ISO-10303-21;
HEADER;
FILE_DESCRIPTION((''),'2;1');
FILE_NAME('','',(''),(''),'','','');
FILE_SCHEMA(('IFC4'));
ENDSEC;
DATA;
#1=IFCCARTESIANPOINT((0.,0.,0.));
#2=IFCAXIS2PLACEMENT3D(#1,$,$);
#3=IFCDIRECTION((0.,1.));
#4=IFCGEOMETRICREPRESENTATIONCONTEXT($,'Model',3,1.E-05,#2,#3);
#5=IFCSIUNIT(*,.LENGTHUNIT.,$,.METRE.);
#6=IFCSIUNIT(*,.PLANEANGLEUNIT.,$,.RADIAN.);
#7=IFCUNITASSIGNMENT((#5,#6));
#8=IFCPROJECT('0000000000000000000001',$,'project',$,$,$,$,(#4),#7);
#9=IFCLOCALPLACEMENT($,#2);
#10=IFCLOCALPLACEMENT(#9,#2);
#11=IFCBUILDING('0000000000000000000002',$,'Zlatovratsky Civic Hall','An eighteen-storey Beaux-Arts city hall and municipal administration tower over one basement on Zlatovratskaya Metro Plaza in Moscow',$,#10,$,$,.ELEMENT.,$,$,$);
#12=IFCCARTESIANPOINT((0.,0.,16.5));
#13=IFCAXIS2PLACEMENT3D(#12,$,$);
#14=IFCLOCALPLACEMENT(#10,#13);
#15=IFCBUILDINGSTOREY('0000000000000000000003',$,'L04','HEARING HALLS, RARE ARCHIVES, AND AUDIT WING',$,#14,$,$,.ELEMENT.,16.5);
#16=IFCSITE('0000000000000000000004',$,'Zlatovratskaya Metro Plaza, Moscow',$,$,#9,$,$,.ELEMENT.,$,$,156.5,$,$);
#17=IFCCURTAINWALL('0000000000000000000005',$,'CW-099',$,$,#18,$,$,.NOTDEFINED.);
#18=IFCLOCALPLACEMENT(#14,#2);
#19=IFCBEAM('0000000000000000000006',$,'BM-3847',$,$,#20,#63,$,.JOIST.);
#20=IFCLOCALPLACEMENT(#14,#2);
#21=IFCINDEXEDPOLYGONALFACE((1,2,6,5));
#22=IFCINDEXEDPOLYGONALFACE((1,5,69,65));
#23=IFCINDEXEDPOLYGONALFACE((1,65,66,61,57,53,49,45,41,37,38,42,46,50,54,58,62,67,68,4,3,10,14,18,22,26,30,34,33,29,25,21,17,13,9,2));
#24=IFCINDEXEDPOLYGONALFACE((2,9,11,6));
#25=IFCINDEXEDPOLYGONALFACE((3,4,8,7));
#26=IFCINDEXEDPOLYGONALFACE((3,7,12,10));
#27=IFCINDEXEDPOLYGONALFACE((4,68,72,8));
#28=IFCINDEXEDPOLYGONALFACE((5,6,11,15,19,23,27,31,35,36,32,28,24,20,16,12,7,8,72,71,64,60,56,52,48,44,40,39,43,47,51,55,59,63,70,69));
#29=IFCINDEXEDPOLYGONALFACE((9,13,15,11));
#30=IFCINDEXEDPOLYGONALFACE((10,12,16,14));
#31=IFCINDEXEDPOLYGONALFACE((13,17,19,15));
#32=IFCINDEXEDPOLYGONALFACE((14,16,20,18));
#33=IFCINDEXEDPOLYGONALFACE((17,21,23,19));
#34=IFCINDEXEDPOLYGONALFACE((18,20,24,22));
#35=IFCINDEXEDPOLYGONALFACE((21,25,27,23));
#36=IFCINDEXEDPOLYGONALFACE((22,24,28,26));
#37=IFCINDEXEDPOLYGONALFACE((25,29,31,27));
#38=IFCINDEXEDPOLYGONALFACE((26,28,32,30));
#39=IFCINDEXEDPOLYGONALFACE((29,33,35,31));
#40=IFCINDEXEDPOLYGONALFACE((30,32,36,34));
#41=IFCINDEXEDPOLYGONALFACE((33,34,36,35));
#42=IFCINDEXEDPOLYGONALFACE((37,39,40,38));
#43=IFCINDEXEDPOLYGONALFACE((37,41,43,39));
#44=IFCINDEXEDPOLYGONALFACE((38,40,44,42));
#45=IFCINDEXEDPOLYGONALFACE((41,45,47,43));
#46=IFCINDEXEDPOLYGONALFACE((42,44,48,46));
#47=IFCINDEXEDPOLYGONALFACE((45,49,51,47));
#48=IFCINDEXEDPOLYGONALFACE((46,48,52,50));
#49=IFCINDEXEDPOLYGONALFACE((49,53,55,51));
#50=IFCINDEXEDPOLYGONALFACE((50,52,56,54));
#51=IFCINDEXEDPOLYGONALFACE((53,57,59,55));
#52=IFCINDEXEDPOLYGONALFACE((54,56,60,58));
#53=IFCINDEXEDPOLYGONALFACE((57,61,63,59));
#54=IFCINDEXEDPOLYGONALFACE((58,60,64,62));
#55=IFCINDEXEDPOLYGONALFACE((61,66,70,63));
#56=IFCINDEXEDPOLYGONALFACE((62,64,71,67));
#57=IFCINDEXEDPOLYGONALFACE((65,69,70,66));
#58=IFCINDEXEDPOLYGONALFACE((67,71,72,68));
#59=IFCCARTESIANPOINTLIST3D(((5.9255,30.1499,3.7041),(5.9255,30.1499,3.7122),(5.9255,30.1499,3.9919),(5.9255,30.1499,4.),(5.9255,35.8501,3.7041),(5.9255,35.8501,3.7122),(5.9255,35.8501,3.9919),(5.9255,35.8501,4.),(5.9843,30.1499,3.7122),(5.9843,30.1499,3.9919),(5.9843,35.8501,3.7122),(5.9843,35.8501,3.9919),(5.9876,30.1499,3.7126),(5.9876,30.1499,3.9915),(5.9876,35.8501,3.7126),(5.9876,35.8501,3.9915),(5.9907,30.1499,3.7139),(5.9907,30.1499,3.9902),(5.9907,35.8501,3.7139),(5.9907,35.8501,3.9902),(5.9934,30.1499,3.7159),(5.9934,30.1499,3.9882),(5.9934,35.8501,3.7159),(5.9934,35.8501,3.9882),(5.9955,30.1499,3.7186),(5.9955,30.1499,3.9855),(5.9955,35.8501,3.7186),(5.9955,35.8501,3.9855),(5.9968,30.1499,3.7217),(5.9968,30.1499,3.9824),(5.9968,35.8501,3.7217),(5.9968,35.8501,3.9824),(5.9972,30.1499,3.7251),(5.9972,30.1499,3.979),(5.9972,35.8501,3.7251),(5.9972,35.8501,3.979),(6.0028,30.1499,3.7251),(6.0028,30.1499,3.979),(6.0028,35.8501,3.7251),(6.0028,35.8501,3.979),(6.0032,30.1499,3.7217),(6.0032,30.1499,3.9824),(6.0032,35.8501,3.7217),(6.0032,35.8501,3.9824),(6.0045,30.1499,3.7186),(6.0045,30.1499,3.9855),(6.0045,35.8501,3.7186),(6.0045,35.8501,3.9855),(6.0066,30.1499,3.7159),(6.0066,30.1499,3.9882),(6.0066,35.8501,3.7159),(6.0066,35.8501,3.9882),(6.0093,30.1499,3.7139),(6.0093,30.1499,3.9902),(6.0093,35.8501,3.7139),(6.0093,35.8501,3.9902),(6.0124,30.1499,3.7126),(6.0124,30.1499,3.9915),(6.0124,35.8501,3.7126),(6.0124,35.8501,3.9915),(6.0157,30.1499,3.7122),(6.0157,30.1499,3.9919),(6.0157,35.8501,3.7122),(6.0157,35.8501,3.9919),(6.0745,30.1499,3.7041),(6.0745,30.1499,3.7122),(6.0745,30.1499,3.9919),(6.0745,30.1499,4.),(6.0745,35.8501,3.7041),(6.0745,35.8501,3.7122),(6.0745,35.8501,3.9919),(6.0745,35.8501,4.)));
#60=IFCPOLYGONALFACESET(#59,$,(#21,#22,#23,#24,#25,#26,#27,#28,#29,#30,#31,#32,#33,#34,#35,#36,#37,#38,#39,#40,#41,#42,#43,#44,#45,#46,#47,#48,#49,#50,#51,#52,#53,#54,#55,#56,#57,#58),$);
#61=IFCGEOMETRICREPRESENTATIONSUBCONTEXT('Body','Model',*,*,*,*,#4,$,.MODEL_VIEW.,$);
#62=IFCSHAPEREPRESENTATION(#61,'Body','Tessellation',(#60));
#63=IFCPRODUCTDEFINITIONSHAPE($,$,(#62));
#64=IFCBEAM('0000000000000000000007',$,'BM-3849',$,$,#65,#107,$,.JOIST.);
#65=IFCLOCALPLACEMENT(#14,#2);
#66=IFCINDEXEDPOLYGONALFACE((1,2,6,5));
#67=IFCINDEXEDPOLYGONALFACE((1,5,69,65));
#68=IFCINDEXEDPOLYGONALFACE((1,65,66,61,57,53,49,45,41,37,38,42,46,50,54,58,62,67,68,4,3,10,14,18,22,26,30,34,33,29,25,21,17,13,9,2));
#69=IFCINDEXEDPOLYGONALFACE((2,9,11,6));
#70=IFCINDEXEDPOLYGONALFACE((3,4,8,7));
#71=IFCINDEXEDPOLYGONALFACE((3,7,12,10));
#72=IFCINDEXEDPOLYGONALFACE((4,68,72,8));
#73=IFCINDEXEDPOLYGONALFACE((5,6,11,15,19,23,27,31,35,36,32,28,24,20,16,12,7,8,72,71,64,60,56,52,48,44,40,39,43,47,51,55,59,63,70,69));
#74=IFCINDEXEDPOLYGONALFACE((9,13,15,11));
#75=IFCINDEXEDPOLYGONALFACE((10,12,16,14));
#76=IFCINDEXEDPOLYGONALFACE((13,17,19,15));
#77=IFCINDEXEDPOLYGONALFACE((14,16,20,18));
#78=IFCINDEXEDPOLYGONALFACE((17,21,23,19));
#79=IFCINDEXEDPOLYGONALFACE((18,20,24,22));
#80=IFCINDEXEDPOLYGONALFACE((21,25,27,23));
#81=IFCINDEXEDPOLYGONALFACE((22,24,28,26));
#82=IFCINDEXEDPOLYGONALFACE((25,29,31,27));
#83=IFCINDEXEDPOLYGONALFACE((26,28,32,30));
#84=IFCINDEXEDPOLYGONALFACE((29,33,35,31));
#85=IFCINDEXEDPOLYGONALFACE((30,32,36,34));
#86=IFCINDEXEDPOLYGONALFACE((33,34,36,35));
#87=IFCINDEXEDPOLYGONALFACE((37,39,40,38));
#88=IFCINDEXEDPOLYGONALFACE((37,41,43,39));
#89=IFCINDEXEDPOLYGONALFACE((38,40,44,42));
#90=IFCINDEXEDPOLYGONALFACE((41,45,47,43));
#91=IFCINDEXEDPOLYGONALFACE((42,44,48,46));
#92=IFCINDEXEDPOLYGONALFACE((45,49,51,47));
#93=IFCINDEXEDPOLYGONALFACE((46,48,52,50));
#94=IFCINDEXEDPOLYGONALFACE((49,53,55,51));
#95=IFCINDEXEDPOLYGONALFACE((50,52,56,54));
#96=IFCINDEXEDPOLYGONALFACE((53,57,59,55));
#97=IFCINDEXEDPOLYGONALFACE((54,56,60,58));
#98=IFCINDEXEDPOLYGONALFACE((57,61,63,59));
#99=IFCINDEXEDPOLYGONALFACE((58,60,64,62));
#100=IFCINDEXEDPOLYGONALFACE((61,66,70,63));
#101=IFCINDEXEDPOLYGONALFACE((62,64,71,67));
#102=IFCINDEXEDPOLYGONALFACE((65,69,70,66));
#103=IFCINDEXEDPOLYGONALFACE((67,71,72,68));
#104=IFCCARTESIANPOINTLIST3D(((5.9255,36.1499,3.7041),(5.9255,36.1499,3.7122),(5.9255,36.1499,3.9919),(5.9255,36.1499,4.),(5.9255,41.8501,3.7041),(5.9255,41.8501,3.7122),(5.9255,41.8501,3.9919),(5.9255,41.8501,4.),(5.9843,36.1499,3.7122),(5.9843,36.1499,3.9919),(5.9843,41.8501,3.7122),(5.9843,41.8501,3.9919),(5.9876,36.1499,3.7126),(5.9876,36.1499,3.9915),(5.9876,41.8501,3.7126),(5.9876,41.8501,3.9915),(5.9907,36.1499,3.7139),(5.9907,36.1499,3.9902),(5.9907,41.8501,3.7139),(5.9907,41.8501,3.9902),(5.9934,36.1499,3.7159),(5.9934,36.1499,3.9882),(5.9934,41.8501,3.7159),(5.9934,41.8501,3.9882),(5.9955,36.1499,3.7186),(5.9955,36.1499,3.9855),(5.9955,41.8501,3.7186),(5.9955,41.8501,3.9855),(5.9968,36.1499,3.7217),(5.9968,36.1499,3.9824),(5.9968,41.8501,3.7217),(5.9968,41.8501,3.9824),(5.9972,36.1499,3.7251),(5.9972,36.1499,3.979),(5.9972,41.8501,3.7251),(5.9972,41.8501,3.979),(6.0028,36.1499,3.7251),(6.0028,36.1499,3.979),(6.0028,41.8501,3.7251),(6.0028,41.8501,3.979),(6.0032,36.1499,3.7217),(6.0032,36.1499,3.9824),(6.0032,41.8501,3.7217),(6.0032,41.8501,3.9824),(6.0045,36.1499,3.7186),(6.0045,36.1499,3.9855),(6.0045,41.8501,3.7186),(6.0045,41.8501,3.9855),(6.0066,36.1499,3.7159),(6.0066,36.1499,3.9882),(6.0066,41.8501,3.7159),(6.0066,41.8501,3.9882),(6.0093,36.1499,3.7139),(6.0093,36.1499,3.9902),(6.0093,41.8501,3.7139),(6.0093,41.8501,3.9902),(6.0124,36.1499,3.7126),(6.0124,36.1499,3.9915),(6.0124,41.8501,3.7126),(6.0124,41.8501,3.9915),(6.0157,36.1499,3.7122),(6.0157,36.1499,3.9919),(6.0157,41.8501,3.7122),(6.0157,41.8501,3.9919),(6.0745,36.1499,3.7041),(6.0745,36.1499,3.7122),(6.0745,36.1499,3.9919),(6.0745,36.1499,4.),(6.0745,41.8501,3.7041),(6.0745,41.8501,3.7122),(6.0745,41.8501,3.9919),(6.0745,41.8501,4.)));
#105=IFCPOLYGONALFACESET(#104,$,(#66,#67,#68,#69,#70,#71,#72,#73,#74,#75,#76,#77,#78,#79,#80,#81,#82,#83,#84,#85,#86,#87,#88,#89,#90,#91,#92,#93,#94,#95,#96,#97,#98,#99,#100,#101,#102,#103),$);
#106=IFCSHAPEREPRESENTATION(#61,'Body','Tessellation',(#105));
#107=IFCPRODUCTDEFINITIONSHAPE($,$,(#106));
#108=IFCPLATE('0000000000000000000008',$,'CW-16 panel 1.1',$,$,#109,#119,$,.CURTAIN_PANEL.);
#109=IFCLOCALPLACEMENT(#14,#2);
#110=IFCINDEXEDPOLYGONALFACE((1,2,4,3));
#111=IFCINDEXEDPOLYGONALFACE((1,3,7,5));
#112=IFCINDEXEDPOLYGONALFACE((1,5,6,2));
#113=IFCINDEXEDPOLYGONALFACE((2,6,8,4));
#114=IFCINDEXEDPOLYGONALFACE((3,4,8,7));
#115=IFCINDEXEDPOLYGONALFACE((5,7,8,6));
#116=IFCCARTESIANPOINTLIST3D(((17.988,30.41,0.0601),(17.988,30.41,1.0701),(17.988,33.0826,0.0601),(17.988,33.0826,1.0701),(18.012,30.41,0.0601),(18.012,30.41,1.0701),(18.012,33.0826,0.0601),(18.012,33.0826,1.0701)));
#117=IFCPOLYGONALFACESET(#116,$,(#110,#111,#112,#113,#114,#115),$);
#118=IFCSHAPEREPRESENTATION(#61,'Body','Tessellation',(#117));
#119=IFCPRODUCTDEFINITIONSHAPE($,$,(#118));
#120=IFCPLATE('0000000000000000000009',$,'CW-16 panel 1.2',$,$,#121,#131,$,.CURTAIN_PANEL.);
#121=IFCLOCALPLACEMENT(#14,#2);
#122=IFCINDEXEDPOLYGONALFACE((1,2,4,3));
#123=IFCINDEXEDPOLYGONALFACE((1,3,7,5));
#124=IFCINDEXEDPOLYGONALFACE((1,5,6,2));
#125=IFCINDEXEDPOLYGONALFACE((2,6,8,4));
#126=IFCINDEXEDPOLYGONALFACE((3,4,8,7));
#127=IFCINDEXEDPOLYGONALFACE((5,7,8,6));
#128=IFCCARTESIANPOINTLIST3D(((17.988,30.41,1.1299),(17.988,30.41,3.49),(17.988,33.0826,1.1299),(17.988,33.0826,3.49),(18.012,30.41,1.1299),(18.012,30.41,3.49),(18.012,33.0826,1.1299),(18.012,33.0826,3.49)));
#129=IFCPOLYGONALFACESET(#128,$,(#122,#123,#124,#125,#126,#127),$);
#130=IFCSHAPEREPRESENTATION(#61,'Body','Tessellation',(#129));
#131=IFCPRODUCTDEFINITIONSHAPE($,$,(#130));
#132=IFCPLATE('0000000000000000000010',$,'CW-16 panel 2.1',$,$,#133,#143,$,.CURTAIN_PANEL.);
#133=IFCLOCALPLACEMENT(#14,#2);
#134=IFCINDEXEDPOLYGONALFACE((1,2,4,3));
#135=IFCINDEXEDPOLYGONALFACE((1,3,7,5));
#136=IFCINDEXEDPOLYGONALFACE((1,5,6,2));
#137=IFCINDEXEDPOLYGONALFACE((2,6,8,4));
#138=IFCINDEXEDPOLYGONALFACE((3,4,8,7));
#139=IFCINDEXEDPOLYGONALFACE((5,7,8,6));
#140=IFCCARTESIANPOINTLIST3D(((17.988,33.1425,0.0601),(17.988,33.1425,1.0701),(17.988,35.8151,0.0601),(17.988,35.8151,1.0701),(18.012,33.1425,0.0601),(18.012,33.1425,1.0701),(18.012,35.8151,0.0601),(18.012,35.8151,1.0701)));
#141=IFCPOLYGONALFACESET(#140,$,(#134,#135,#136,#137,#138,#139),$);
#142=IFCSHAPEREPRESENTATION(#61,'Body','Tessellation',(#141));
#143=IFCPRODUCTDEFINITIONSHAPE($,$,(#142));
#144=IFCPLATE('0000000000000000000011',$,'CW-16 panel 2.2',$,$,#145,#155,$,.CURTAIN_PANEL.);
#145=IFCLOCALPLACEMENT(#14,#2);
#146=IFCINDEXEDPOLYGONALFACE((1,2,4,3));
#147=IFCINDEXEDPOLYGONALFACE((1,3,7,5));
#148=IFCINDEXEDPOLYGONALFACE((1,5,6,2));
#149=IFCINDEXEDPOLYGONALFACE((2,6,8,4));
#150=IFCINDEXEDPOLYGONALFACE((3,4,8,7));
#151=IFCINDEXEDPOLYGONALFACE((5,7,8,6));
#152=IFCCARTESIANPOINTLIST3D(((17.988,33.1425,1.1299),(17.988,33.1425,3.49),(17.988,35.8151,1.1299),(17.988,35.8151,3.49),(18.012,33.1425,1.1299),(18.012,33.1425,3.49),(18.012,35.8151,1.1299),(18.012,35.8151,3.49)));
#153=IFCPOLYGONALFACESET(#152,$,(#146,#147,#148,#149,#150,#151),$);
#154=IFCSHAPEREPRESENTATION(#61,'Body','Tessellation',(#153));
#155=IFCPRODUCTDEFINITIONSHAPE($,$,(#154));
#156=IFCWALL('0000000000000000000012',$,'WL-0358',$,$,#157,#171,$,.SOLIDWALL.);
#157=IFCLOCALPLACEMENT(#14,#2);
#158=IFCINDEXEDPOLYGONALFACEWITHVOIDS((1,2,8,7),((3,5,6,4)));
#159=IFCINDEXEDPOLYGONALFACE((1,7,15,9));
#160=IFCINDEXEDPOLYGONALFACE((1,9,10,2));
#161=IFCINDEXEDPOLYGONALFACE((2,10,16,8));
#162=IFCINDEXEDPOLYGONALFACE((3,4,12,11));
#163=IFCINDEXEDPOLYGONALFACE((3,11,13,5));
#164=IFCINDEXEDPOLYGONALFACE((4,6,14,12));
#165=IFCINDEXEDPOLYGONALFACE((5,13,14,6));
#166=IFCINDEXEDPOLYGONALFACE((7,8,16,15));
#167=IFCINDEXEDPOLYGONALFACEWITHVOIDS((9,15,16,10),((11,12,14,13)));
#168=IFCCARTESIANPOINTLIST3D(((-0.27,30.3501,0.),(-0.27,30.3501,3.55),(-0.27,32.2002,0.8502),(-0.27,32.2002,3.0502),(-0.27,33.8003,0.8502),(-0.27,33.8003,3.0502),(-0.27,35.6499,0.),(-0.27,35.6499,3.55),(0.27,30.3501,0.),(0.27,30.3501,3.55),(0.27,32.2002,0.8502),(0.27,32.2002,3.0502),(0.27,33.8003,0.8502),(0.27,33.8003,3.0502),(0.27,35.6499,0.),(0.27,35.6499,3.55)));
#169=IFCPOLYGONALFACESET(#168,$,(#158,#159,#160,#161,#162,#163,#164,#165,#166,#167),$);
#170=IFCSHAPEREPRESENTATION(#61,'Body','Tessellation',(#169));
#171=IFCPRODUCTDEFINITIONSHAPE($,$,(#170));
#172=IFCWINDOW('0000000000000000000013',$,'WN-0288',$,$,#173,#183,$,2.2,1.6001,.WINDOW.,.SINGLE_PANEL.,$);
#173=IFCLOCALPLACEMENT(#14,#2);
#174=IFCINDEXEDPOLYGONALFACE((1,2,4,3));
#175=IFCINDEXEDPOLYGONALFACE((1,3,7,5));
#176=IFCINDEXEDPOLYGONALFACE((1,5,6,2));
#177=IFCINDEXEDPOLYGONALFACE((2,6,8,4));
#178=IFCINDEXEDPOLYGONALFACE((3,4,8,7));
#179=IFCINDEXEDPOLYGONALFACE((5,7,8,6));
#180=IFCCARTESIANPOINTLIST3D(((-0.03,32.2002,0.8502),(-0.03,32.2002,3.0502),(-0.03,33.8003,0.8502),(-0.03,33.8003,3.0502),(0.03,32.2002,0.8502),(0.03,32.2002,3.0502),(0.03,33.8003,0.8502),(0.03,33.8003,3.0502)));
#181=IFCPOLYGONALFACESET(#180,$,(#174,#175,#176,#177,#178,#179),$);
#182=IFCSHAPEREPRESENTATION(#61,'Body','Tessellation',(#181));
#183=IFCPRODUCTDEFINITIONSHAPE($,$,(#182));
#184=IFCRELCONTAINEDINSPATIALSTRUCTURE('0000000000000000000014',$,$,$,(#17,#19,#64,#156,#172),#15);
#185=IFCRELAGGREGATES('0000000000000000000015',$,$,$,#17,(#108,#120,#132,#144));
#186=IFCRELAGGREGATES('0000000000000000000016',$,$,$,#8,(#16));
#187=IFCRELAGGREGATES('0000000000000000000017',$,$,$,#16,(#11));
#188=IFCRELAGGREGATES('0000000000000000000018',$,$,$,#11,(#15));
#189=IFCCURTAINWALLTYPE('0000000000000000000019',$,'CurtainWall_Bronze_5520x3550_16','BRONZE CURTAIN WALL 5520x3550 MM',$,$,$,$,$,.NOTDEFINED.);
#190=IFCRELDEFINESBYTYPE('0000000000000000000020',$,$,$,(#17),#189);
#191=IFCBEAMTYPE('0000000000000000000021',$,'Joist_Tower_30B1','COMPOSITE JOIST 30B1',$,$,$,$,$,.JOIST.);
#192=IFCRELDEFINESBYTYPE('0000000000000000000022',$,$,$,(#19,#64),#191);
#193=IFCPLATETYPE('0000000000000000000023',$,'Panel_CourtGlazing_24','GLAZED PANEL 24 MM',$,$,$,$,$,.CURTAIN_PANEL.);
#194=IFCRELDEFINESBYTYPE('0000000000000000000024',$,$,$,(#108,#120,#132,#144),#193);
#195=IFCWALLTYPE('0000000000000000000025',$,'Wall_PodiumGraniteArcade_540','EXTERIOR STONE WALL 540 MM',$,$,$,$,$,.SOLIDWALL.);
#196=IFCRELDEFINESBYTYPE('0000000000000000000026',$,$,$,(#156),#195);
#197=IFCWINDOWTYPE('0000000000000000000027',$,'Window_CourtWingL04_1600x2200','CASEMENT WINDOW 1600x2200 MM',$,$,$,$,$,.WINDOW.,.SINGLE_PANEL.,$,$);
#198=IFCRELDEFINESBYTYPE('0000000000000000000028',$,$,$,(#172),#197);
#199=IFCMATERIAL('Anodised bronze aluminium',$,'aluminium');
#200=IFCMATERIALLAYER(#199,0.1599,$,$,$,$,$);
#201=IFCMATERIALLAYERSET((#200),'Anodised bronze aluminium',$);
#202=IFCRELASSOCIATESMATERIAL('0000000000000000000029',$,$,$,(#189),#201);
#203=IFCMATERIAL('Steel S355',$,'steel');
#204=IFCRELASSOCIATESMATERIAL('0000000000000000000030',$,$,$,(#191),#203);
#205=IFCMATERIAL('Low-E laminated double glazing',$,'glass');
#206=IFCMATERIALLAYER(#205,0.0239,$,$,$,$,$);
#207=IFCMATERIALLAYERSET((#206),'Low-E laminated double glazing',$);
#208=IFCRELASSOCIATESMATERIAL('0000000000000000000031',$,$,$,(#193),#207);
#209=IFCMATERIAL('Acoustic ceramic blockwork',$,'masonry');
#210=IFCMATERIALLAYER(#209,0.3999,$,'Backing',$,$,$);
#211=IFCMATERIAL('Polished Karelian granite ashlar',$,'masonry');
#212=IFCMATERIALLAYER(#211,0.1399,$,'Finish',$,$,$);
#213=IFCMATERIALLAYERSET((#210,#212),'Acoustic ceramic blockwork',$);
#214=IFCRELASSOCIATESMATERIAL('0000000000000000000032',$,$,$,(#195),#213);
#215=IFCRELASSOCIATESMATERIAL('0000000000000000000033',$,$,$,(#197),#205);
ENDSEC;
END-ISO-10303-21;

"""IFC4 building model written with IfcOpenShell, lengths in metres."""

from ifc_helpers import new_model, si_unit, direction, frame, frame_2d, origin, origin_2d, place, context, subcontext, project, spatial, rectangle, i_section, extrude, material, layer, layer_set, material_profile, profile_set, type_object, element, fill, aggregate, save


model = new_model("IFC4")

# Units and contexts
model_context = context("Model", 3, precision=1e-05, world=origin(), true_north=direction((0.0, 1.0)))
body_context = subcontext(model_context, "Body", "Model", "MODEL_VIEW")
ifc_project = project(units=[si_unit("LENGTHUNIT", "METRE"), si_unit("PLANEANGLEUNIT", "RADIAN")], contexts=[model_context])

# Site, building, storey
site_placement = place(None, origin())
site = spatial("IfcSite", under=ifc_project, at=site_placement, Name="Zlatovratskaya Metro Plaza, Moscow", CompositionType="ELEMENT", RefElevation=156.5)
building_placement = place(site_placement, origin())
building = spatial("IfcBuilding", under=site, at=building_placement, Name="Zlatovratsky Civic Hall", Description="An eighteen-storey Beaux-Arts city hall and municipal administration tower over one basement on Zlatovratskaya Metro Plaza in Moscow", CompositionType="ELEMENT")
storey_placement = place(building_placement, frame((0.0, 0.0, 16.5)))
storey = spatial("IfcBuildingStorey", under=building, at=storey_placement, Name="L04", Description="HEARING HALLS, RARE ARCHIVES, AND AUDIT WING", CompositionType="ELEMENT", Elevation=16.5)

# Shared definitions
ifc_material_1 = material(Name="Steel S355", Category="steel")

# Curtain wall
ifc_material_2 = material(Name="Anodised bronze aluminium", Category="aluminium")
ifc_layer_1 = layer(ifc_material_2, 0.1599)
ifc_layer_set_1 = layer_set([ifc_layer_1], Name="Anodised bronze aluminium")
curtain_wall_type_1 = type_object("IfcCurtainWallType", Name="CurtainWall_Bronze_5520x3550_16", Description="BRONZE CURTAIN WALL 5520x3550 MM", PredefinedType="NOTDEFINED", material=ifc_layer_set_1)
curtain_wall_1_placement = place(storey_placement, origin())
curtain_wall_1 = element("IfcCurtainWall", 1, at=curtain_wall_1_placement, inside=storey, type_object=curtain_wall_type_1, Name="CW-099", PredefinedType="NOTDEFINED")

# Beams
ifc_material_profile_1 = material_profile(ifc_material_1, i_section(OverallWidth=0.1489, OverallDepth=0.2959, WebThickness=0.0056, FlangeThickness=0.0081, FilletRadius=0.0129, at=origin_2d()), Name="30B1")
ifc_profile_set_1 = profile_set([ifc_material_profile_1], Name="Steel S355")
beam_type_1 = type_object("IfcBeamType", Name="Joist_Tower_30B1", Description="COMPOSITE JOIST 30B1", PredefinedType="JOIST", material=ifc_profile_set_1)
for number, where, z_axis, x_axis, name in (
    (2, (6.0, 30.1499, 3.8521), (0.0, 1.0, 0.0), (-1.0, 0.0, 0.0), "BM-3847"),
    (3, (6.0, 36.1499, 3.8521), (0.0, 1.0, 0.0), (-1.0, 0.0, 0.0), "BM-3849"),
):
    element("IfcBeam", number, at=place(storey_placement, frame(where, z_axis=z_axis, x_axis=x_axis)), inside=storey, type_object=beam_type_1, Name=name, PredefinedType="JOIST", context=body_context, shape_type="SweptSolid", body=[
        extrude(i_section(OverallWidth=0.1489, OverallDepth=0.2959, WebThickness=0.0056, FlangeThickness=0.0081, FilletRadius=0.0129, at=origin_2d()), origin(), (0.0, 0.0, 1.0), 5.7002),
    ])

# Plates
ifc_material_3 = material(Name="Low-E laminated double glazing", Category="glass")
ifc_layer_2 = layer(ifc_material_3, 0.0239)
ifc_layer_set_2 = layer_set([ifc_layer_2], Name="Low-E laminated double glazing")
plate_type = type_object("IfcPlateType", Name="Panel_CourtGlazing_24", Description="GLAZED PANEL 24 MM", PredefinedType="CURTAIN_PANEL", material=ifc_layer_set_2)
plate_1_placement = place(storey_placement, frame((18.0, 31.7463, 0.0601), z_axis=(0.0, 0.0, 1.0), x_axis=(0.0, 1.0, 0.0)))
plate_1 = element("IfcPlate", 4, at=plate_1_placement, type_object=plate_type, Name="CW-16 panel 1.1", PredefinedType="CURTAIN_PANEL", context=body_context, shape_type="SweptSolid", body=[
    extrude(rectangle(XDim=2.6726, YDim=0.0239, at=origin_2d()), origin(), (0.0, 0.0, 1.0), 1.01),
])
plate_2_placement = place(storey_placement, frame((18.0, 31.7463, 1.1299), z_axis=(0.0, 0.0, 1.0), x_axis=(0.0, 1.0, 0.0)))
plate_2 = element("IfcPlate", 5, at=plate_2_placement, type_object=plate_type, Name="CW-16 panel 1.2", PredefinedType="CURTAIN_PANEL", context=body_context, shape_type="SweptSolid", body=[
    extrude(rectangle(XDim=2.6726, YDim=0.0239, at=origin_2d()), origin(), (0.0, 0.0, 1.0), 2.3601),
])
plate_3_placement = place(storey_placement, frame((18.0, 34.4788, 0.0601), z_axis=(0.0, 0.0, 1.0), x_axis=(0.0, 1.0, 0.0)))
plate_3 = element("IfcPlate", 6, at=plate_3_placement, type_object=plate_type, Name="CW-16 panel 2.1", PredefinedType="CURTAIN_PANEL", context=body_context, shape_type="SweptSolid", body=[
    extrude(rectangle(XDim=2.6726, YDim=0.0239, at=origin_2d()), origin(), (0.0, 0.0, 1.0), 1.01),
])
plate_4_placement = place(storey_placement, frame((18.0, 34.4788, 1.1299), z_axis=(0.0, 0.0, 1.0), x_axis=(0.0, 1.0, 0.0)))
plate_4 = element("IfcPlate", 7, at=plate_4_placement, type_object=plate_type, Name="CW-16 panel 2.2", PredefinedType="CURTAIN_PANEL", context=body_context, shape_type="SweptSolid", body=[
    extrude(rectangle(XDim=2.6726, YDim=0.0239, at=origin_2d()), origin(), (0.0, 0.0, 1.0), 2.3601),
])
aggregate(curtain_wall_1, [plate_1, plate_2, plate_3, plate_4])

# Wall, opening, window
ifc_material_4 = material(Name="Acoustic ceramic blockwork", Category="masonry")
ifc_layer_3 = layer(ifc_material_4, 0.3999, Name="Backing")
ifc_material_5 = material(Name="Polished Karelian granite ashlar", Category="masonry")
ifc_layer_4 = layer(ifc_material_5, 0.1399, Name="Finish")
ifc_layer_set_3 = layer_set([ifc_layer_3, ifc_layer_4], Name="Acoustic ceramic blockwork")
wall_type = type_object("IfcWallType", Name="Wall_PodiumGraniteArcade_540", Description="EXTERIOR STONE WALL 540 MM", PredefinedType="SOLIDWALL", material=ifc_layer_set_3)
wall_placement = place(storey_placement, frame((0.0, 30.3501, 0.0), z_axis=(0.0, 0.0, 1.0), x_axis=(0.0, 1.0, 0.0)))
wall = element("IfcWall", 8, at=wall_placement, inside=storey, type_object=wall_type, Name="WL-0358", PredefinedType="SOLIDWALL", context=body_context, shape_type="SweptSolid", body=[
    extrude(rectangle(XDim=5.2998, YDim=0.54, at=frame_2d((2.6499, 0.0))), origin(), (0.0, 0.0, 1.0), 3.55),
])
opening_placement = place(wall_placement, frame((1.8501, 0.0, 0.8501)))
opening = element("IfcOpeningElement", 9, at=opening_placement, cuts=wall, PredefinedType="OPENING", context=body_context, shape_type="SweptSolid", body=[
    extrude(rectangle(XDim=1.6001, YDim=2.2, at=frame_2d((0.8, 1.1001))), frame((0.0, 0.2849, 0.0), z_axis=(0.0, -1.0, 0.0), x_axis=(1.0, 0.0, 0.0)), (0.0, 0.0, 1.0), 0.5698),
])
window_type = type_object("IfcWindowType", Name="Window_CourtWingL04_1600x2200", Description="CASEMENT WINDOW 1600x2200 MM", PartitioningType="SINGLE_PANEL", PredefinedType="WINDOW", material=ifc_material_3)
window_placement = place(opening_placement, origin())
window = element("IfcWindow", 10, at=window_placement, inside=storey, type_object=window_type, Name="WN-0288", OverallHeight=2.2, OverallWidth=1.6001, PartitioningType="SINGLE_PANEL", PredefinedType="WINDOW", context=body_context, shape_type="SweptSolid", body=[
    extrude(rectangle(XDim=1.6001, YDim=2.2, at=frame_2d((0.8, 1.1001))), frame((0.0, 0.03, 0.0), z_axis=(0.0, -1.0, 0.0), x_axis=(1.0, 0.0, 0.0)), (0.0, 0.0, 1.0), 0.0601),
])
fill(opening, window)

save(model, "model.ifc")
